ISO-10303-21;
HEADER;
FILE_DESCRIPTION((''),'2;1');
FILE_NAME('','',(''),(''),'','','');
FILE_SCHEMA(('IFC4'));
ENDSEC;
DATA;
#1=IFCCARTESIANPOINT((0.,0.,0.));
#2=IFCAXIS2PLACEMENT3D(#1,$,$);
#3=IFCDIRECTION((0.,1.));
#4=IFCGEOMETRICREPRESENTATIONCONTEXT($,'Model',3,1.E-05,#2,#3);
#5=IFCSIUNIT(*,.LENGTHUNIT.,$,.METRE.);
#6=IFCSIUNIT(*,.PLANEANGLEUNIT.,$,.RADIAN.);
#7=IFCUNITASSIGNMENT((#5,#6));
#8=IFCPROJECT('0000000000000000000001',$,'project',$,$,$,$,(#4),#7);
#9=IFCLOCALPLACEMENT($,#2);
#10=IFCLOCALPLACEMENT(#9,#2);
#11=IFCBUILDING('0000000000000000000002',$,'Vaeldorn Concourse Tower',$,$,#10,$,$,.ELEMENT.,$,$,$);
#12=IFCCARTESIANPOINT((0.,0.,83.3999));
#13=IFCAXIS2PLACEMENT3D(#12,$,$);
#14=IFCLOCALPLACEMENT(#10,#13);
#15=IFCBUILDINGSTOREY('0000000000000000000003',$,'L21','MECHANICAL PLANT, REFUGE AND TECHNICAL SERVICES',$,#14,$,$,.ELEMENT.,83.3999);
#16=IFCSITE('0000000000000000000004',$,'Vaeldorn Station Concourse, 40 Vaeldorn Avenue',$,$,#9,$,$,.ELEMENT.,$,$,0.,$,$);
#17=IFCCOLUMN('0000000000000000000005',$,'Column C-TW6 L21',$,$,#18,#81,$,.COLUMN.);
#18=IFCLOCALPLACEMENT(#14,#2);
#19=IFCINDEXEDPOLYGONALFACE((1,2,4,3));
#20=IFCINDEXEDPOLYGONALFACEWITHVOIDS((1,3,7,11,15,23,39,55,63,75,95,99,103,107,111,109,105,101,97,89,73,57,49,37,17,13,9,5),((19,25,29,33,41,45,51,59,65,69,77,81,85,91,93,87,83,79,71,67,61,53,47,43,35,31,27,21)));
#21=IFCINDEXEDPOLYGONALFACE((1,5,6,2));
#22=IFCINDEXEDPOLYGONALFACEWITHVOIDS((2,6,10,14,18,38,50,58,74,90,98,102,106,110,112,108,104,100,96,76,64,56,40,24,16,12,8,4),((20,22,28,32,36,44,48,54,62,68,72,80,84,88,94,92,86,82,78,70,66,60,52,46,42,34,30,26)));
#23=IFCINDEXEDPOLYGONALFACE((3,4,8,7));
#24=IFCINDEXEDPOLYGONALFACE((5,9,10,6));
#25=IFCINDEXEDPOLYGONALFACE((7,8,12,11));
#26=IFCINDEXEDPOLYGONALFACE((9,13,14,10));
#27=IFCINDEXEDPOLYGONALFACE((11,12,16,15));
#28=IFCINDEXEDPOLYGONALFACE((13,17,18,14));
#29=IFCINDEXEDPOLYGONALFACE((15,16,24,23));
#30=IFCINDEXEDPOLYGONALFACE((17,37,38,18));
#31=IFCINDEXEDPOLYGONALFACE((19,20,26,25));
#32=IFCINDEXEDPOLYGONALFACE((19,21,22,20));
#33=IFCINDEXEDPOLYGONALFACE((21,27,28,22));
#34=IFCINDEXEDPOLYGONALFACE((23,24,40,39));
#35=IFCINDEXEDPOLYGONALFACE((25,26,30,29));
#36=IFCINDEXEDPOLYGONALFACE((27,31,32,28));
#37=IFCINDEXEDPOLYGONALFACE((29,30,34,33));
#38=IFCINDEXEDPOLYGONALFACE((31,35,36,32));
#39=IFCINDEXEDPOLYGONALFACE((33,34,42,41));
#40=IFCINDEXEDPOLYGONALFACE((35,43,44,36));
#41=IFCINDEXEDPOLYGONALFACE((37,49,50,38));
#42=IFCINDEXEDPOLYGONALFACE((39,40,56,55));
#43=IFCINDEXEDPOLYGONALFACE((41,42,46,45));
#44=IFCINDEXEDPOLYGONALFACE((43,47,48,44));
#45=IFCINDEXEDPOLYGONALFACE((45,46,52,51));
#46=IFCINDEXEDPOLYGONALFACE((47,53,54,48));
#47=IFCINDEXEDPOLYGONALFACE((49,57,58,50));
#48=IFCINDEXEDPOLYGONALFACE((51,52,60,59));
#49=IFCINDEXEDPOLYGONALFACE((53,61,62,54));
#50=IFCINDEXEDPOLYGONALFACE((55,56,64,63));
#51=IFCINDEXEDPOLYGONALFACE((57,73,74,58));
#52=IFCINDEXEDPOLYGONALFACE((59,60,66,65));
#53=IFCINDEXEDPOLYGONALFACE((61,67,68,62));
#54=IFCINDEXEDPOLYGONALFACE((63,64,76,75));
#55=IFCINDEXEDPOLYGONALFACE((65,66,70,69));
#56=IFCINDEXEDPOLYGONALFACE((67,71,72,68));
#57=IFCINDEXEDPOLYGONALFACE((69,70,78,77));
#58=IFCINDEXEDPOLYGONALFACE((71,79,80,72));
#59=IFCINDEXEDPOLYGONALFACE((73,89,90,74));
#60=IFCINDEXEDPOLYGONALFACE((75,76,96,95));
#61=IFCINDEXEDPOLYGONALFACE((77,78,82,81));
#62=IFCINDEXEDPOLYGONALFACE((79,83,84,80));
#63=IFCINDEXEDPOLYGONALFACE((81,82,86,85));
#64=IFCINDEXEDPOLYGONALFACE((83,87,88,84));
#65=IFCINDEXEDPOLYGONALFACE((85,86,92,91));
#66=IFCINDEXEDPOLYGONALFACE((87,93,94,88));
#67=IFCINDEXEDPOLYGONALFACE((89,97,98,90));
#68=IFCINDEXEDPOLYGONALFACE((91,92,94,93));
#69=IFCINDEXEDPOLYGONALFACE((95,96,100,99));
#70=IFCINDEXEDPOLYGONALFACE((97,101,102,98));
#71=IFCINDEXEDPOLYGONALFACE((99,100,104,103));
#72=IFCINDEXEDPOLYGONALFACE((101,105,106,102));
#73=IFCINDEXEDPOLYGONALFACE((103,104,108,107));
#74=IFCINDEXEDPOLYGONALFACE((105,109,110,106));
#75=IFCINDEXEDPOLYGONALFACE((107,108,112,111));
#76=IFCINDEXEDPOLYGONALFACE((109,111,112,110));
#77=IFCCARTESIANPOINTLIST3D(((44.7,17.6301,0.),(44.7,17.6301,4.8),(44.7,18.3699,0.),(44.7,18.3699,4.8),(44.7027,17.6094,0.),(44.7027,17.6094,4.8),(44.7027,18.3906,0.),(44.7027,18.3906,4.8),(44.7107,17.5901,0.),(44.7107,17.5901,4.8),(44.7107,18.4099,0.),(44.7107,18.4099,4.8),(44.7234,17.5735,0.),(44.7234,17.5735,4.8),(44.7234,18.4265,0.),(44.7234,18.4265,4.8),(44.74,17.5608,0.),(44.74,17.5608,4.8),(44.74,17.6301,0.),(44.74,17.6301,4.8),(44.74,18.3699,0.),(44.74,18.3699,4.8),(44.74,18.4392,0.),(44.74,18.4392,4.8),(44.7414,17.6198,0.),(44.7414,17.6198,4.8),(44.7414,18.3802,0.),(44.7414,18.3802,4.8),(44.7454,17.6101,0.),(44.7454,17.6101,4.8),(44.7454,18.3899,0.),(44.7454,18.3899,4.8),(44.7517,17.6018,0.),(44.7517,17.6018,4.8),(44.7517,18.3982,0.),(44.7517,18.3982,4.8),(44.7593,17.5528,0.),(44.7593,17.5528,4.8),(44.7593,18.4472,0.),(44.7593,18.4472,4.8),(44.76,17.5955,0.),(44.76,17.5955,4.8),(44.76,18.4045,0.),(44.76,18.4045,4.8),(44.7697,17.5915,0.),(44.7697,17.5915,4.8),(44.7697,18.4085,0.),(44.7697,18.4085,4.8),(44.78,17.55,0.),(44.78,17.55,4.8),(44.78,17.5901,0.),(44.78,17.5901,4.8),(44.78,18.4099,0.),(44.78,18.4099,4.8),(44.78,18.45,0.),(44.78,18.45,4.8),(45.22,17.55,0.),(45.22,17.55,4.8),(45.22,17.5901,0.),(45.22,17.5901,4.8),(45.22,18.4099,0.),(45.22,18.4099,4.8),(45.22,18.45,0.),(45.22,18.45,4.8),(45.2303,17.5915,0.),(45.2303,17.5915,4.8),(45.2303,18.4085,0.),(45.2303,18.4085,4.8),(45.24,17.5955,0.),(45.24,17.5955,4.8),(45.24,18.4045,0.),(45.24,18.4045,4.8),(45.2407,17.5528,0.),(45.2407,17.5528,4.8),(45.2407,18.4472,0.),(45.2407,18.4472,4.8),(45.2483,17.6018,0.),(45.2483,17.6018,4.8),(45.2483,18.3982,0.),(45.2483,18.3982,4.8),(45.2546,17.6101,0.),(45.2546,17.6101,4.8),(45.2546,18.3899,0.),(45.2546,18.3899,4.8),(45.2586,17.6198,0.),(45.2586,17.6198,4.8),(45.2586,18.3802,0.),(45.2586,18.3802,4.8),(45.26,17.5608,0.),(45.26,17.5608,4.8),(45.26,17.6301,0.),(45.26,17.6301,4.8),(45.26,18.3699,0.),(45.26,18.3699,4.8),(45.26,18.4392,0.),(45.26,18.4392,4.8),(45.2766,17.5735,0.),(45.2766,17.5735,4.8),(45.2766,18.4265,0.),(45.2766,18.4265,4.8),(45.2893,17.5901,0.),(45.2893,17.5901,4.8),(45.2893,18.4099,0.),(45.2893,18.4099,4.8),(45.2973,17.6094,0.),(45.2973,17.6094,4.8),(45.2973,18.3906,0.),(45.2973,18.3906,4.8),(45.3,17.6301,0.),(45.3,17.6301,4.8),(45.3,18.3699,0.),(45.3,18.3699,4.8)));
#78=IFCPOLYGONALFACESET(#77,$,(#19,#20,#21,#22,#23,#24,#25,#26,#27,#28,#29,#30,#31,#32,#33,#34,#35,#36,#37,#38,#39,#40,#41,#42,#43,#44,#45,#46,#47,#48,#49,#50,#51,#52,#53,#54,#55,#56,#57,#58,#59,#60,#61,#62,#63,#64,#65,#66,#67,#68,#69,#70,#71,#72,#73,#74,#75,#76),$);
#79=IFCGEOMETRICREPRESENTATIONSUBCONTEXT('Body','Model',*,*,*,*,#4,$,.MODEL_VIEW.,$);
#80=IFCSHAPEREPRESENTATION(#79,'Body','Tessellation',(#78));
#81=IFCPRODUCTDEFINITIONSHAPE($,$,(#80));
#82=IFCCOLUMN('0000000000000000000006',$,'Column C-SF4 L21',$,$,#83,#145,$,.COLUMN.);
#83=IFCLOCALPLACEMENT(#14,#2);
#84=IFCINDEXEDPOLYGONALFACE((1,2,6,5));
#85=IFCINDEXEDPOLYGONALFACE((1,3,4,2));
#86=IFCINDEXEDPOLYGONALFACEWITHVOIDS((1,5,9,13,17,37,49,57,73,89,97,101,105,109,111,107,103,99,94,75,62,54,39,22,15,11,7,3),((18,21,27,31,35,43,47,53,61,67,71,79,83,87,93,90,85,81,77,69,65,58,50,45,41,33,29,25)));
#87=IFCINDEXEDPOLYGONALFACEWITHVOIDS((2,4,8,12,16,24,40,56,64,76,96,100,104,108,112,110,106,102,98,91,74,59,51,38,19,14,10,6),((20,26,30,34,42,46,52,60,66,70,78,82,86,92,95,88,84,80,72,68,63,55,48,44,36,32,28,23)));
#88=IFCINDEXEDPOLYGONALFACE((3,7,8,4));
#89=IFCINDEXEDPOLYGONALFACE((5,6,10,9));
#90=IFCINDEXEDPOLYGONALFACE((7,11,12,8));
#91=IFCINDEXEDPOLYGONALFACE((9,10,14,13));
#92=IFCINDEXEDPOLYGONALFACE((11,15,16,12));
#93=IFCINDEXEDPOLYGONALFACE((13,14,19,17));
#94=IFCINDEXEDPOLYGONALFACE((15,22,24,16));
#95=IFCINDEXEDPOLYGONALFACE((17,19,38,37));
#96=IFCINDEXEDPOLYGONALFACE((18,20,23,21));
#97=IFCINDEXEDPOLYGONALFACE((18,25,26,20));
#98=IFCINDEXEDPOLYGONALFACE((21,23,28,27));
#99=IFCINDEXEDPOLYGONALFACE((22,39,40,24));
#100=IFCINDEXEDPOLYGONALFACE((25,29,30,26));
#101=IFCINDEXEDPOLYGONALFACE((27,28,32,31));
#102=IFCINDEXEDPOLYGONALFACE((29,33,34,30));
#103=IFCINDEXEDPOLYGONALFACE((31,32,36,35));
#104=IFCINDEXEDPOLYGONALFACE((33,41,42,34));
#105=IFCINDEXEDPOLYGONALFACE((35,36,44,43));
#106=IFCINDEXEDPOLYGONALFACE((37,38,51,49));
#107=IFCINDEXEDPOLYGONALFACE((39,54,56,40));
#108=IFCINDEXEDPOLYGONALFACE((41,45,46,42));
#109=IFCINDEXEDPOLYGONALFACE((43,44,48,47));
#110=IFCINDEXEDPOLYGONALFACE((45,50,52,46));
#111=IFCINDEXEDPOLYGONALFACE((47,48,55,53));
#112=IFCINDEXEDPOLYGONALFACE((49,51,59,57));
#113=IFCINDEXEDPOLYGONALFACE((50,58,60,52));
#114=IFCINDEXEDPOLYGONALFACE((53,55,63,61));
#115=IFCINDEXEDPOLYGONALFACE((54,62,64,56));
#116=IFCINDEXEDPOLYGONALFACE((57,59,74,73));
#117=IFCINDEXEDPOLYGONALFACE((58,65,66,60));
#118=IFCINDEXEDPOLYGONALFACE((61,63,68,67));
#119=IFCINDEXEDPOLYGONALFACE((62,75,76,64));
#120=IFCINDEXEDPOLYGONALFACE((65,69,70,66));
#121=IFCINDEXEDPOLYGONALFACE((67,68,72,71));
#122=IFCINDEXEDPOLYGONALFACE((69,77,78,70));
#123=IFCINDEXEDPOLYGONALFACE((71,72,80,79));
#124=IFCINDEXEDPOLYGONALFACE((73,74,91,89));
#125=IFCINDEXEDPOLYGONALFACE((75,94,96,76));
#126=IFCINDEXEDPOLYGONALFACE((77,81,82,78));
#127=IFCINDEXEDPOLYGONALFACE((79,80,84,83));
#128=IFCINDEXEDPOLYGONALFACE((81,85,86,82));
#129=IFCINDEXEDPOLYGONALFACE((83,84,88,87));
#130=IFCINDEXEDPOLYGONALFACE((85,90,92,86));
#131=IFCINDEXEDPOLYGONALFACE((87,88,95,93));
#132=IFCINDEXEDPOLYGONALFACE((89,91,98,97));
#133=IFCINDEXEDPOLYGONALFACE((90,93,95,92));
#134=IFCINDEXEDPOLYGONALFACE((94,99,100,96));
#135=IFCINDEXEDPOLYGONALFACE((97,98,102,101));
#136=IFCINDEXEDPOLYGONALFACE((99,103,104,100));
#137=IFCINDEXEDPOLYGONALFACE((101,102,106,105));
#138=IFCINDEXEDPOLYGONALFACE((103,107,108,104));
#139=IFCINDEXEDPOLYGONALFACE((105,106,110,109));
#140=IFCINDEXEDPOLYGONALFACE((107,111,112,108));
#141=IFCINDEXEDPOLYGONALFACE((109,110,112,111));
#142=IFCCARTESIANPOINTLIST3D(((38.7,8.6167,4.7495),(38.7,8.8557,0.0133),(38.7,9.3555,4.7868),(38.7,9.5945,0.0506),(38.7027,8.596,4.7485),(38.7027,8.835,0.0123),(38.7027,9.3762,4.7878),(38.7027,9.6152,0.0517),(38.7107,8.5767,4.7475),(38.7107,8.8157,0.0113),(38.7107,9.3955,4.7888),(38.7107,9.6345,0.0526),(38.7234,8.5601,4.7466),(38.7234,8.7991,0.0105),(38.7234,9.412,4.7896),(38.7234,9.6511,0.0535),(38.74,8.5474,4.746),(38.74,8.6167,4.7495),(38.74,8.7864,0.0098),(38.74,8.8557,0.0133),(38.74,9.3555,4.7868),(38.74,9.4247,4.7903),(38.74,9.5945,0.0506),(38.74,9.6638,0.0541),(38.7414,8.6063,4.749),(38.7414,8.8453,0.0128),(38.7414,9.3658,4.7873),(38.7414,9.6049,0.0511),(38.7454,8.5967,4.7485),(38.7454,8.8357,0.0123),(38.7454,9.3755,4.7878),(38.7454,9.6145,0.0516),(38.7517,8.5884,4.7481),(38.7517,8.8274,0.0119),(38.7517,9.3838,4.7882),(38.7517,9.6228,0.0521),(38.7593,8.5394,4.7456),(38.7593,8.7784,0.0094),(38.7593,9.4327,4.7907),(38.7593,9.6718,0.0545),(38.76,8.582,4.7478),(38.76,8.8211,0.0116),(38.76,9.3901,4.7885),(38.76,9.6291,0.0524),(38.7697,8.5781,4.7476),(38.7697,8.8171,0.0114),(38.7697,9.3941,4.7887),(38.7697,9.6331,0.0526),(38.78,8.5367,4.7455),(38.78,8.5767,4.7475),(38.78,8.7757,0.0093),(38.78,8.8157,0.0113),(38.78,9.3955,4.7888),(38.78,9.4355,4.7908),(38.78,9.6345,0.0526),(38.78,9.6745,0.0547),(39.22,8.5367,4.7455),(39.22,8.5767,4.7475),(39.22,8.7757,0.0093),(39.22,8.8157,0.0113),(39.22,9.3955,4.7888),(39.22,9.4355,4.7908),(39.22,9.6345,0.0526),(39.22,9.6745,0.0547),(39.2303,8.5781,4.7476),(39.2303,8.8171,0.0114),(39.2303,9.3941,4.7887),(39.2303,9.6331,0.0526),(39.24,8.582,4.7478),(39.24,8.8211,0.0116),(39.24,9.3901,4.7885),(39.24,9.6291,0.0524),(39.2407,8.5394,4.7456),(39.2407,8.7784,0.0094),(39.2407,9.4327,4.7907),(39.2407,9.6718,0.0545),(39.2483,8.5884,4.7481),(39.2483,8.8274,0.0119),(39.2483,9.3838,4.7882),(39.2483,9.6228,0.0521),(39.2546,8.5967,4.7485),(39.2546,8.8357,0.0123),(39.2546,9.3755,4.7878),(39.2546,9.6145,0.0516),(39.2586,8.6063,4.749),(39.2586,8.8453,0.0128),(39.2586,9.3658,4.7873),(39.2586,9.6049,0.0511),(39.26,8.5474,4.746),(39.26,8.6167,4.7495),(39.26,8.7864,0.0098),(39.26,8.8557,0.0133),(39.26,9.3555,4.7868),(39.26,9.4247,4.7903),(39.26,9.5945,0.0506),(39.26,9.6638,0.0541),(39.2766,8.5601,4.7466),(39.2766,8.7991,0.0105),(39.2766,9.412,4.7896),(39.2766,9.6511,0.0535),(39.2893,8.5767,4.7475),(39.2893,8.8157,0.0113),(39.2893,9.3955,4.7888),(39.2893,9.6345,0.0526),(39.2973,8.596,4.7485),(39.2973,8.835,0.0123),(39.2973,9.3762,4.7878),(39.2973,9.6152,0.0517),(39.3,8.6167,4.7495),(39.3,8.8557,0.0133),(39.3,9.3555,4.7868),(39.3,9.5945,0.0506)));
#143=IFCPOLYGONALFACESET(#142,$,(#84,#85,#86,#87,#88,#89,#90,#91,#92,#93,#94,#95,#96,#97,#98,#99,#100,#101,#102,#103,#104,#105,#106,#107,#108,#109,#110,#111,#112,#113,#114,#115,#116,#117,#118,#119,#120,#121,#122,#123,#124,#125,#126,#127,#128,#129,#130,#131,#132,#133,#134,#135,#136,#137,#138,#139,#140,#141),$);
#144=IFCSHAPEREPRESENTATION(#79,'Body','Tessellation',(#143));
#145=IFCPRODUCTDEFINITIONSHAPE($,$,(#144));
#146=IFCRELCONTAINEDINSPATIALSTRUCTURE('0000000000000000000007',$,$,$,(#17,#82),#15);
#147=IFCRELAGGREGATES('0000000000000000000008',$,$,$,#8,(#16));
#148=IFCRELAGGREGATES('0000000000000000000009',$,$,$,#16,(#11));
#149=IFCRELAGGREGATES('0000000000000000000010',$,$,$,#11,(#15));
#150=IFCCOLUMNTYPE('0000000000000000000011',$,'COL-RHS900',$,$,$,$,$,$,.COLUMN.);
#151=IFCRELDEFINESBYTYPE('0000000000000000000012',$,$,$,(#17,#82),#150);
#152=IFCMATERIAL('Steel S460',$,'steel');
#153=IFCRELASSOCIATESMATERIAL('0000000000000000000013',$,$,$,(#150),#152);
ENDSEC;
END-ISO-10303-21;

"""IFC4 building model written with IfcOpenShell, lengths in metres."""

from ifc_helpers import new_model, si_unit, direction, frame, origin, origin_2d, place, context, subcontext, project, spatial, hollow_rectangle, extrude, source, transform, mapped, material, material_profile, profile_set, type_object, element, save


model = new_model("IFC4")

# Units and contexts
model_context = context("Model", 3, precision=1e-05, world=origin(), true_north=direction((0.0, 1.0)))
body_context = subcontext(model_context, "Body", "Model", "MODEL_VIEW")
ifc_project = project(units=[si_unit("LENGTHUNIT", "METRE"), si_unit("PLANEANGLEUNIT", "RADIAN")], contexts=[model_context])

# Site, building, storey
site_placement = place(None, origin())
site = spatial("IfcSite", under=ifc_project, at=site_placement, Name="Vaeldorn Station Concourse, 40 Vaeldorn Avenue", CompositionType="ELEMENT", RefElevation=0.0)
building_placement = place(site_placement, origin())
building = spatial("IfcBuilding", under=site, at=building_placement, Name="Vaeldorn Concourse Tower", CompositionType="ELEMENT")
storey_placement = place(building_placement, frame((0.0, 0.0, 83.3999)))
storey = spatial("IfcBuildingStorey", under=building, at=storey_placement, Name="L21", Description="MECHANICAL PLANT, REFUGE AND TECHNICAL SERVICES", CompositionType="ELEMENT", Elevation=83.3999)

# Columns
ifc_material_1 = material(Name="Steel S460", Category="steel")
ifc_material_profile_1 = material_profile(ifc_material_1, hollow_rectangle(XDim=0.6001, YDim=0.8999, WallThickness=0.04, InnerFilletRadius=0.04, OuterFilletRadius=0.0801, at=origin_2d()), Name="RHS 900x600x40")
ifc_profile_set_1 = profile_set([ifc_material_profile_1], Name="Steel S460")
column_type = type_object("IfcColumnType", Name="COL-RHS900", PredefinedType="COLUMN", material=ifc_profile_set_1)
shared_shape_1 = source(origin(), body_context, "Body", "SweptSolid", [
    extrude(hollow_rectangle(XDim=0.6001, YDim=0.8999, WallThickness=0.04, InnerFilletRadius=0.04, OuterFilletRadius=0.0801, at=origin_2d()), origin(), (0.0, 0.0, 1.0), 4.8),
])
column_placement = place(storey_placement, frame((45.0, 18.0, 0.0), z_axis=(0.0, 0.0, 1.0), x_axis=(1.0, 0.0, 0.0)))
element("IfcColumn", 1, at=column_placement, inside=storey, type_object=column_type, Name="Column C-TW6 L21", PredefinedType="COLUMN", context=body_context, shape_type="MappedRepresentation", body=[
    mapped(shared_shape_1, transform((0.0, 0.0, 0.0), scale=1.0)),
])
shared_shape_2 = source(origin(), body_context, "Body", "SweptSolid", [
    extrude(hollow_rectangle(XDim=0.6001, YDim=0.8999, WallThickness=0.04, InnerFilletRadius=0.04, OuterFilletRadius=0.0801, at=origin_2d()), origin(), (0.0, 0.0, 1.0), 4.7422),
])
for number, where, z_axis, x_axis, name in (
    (2, (39.0, 9.2251, 0.032), (0.0, -0.050402, 0.998729), (1.0, 0.0, 0.0), "Column C-SF4 L21"),
):
    element("IfcColumn", number, at=place(storey_placement, frame(where, z_axis=z_axis, x_axis=x_axis)), inside=storey, type_object=column_type, Name=name, PredefinedType="COLUMN", context=body_context, shape_type="MappedRepresentation", body=[
        mapped(shared_shape_2, transform((0.0, 0.0, 0.0), scale=1.0)),
    ])

save(model, "model.ifc")
